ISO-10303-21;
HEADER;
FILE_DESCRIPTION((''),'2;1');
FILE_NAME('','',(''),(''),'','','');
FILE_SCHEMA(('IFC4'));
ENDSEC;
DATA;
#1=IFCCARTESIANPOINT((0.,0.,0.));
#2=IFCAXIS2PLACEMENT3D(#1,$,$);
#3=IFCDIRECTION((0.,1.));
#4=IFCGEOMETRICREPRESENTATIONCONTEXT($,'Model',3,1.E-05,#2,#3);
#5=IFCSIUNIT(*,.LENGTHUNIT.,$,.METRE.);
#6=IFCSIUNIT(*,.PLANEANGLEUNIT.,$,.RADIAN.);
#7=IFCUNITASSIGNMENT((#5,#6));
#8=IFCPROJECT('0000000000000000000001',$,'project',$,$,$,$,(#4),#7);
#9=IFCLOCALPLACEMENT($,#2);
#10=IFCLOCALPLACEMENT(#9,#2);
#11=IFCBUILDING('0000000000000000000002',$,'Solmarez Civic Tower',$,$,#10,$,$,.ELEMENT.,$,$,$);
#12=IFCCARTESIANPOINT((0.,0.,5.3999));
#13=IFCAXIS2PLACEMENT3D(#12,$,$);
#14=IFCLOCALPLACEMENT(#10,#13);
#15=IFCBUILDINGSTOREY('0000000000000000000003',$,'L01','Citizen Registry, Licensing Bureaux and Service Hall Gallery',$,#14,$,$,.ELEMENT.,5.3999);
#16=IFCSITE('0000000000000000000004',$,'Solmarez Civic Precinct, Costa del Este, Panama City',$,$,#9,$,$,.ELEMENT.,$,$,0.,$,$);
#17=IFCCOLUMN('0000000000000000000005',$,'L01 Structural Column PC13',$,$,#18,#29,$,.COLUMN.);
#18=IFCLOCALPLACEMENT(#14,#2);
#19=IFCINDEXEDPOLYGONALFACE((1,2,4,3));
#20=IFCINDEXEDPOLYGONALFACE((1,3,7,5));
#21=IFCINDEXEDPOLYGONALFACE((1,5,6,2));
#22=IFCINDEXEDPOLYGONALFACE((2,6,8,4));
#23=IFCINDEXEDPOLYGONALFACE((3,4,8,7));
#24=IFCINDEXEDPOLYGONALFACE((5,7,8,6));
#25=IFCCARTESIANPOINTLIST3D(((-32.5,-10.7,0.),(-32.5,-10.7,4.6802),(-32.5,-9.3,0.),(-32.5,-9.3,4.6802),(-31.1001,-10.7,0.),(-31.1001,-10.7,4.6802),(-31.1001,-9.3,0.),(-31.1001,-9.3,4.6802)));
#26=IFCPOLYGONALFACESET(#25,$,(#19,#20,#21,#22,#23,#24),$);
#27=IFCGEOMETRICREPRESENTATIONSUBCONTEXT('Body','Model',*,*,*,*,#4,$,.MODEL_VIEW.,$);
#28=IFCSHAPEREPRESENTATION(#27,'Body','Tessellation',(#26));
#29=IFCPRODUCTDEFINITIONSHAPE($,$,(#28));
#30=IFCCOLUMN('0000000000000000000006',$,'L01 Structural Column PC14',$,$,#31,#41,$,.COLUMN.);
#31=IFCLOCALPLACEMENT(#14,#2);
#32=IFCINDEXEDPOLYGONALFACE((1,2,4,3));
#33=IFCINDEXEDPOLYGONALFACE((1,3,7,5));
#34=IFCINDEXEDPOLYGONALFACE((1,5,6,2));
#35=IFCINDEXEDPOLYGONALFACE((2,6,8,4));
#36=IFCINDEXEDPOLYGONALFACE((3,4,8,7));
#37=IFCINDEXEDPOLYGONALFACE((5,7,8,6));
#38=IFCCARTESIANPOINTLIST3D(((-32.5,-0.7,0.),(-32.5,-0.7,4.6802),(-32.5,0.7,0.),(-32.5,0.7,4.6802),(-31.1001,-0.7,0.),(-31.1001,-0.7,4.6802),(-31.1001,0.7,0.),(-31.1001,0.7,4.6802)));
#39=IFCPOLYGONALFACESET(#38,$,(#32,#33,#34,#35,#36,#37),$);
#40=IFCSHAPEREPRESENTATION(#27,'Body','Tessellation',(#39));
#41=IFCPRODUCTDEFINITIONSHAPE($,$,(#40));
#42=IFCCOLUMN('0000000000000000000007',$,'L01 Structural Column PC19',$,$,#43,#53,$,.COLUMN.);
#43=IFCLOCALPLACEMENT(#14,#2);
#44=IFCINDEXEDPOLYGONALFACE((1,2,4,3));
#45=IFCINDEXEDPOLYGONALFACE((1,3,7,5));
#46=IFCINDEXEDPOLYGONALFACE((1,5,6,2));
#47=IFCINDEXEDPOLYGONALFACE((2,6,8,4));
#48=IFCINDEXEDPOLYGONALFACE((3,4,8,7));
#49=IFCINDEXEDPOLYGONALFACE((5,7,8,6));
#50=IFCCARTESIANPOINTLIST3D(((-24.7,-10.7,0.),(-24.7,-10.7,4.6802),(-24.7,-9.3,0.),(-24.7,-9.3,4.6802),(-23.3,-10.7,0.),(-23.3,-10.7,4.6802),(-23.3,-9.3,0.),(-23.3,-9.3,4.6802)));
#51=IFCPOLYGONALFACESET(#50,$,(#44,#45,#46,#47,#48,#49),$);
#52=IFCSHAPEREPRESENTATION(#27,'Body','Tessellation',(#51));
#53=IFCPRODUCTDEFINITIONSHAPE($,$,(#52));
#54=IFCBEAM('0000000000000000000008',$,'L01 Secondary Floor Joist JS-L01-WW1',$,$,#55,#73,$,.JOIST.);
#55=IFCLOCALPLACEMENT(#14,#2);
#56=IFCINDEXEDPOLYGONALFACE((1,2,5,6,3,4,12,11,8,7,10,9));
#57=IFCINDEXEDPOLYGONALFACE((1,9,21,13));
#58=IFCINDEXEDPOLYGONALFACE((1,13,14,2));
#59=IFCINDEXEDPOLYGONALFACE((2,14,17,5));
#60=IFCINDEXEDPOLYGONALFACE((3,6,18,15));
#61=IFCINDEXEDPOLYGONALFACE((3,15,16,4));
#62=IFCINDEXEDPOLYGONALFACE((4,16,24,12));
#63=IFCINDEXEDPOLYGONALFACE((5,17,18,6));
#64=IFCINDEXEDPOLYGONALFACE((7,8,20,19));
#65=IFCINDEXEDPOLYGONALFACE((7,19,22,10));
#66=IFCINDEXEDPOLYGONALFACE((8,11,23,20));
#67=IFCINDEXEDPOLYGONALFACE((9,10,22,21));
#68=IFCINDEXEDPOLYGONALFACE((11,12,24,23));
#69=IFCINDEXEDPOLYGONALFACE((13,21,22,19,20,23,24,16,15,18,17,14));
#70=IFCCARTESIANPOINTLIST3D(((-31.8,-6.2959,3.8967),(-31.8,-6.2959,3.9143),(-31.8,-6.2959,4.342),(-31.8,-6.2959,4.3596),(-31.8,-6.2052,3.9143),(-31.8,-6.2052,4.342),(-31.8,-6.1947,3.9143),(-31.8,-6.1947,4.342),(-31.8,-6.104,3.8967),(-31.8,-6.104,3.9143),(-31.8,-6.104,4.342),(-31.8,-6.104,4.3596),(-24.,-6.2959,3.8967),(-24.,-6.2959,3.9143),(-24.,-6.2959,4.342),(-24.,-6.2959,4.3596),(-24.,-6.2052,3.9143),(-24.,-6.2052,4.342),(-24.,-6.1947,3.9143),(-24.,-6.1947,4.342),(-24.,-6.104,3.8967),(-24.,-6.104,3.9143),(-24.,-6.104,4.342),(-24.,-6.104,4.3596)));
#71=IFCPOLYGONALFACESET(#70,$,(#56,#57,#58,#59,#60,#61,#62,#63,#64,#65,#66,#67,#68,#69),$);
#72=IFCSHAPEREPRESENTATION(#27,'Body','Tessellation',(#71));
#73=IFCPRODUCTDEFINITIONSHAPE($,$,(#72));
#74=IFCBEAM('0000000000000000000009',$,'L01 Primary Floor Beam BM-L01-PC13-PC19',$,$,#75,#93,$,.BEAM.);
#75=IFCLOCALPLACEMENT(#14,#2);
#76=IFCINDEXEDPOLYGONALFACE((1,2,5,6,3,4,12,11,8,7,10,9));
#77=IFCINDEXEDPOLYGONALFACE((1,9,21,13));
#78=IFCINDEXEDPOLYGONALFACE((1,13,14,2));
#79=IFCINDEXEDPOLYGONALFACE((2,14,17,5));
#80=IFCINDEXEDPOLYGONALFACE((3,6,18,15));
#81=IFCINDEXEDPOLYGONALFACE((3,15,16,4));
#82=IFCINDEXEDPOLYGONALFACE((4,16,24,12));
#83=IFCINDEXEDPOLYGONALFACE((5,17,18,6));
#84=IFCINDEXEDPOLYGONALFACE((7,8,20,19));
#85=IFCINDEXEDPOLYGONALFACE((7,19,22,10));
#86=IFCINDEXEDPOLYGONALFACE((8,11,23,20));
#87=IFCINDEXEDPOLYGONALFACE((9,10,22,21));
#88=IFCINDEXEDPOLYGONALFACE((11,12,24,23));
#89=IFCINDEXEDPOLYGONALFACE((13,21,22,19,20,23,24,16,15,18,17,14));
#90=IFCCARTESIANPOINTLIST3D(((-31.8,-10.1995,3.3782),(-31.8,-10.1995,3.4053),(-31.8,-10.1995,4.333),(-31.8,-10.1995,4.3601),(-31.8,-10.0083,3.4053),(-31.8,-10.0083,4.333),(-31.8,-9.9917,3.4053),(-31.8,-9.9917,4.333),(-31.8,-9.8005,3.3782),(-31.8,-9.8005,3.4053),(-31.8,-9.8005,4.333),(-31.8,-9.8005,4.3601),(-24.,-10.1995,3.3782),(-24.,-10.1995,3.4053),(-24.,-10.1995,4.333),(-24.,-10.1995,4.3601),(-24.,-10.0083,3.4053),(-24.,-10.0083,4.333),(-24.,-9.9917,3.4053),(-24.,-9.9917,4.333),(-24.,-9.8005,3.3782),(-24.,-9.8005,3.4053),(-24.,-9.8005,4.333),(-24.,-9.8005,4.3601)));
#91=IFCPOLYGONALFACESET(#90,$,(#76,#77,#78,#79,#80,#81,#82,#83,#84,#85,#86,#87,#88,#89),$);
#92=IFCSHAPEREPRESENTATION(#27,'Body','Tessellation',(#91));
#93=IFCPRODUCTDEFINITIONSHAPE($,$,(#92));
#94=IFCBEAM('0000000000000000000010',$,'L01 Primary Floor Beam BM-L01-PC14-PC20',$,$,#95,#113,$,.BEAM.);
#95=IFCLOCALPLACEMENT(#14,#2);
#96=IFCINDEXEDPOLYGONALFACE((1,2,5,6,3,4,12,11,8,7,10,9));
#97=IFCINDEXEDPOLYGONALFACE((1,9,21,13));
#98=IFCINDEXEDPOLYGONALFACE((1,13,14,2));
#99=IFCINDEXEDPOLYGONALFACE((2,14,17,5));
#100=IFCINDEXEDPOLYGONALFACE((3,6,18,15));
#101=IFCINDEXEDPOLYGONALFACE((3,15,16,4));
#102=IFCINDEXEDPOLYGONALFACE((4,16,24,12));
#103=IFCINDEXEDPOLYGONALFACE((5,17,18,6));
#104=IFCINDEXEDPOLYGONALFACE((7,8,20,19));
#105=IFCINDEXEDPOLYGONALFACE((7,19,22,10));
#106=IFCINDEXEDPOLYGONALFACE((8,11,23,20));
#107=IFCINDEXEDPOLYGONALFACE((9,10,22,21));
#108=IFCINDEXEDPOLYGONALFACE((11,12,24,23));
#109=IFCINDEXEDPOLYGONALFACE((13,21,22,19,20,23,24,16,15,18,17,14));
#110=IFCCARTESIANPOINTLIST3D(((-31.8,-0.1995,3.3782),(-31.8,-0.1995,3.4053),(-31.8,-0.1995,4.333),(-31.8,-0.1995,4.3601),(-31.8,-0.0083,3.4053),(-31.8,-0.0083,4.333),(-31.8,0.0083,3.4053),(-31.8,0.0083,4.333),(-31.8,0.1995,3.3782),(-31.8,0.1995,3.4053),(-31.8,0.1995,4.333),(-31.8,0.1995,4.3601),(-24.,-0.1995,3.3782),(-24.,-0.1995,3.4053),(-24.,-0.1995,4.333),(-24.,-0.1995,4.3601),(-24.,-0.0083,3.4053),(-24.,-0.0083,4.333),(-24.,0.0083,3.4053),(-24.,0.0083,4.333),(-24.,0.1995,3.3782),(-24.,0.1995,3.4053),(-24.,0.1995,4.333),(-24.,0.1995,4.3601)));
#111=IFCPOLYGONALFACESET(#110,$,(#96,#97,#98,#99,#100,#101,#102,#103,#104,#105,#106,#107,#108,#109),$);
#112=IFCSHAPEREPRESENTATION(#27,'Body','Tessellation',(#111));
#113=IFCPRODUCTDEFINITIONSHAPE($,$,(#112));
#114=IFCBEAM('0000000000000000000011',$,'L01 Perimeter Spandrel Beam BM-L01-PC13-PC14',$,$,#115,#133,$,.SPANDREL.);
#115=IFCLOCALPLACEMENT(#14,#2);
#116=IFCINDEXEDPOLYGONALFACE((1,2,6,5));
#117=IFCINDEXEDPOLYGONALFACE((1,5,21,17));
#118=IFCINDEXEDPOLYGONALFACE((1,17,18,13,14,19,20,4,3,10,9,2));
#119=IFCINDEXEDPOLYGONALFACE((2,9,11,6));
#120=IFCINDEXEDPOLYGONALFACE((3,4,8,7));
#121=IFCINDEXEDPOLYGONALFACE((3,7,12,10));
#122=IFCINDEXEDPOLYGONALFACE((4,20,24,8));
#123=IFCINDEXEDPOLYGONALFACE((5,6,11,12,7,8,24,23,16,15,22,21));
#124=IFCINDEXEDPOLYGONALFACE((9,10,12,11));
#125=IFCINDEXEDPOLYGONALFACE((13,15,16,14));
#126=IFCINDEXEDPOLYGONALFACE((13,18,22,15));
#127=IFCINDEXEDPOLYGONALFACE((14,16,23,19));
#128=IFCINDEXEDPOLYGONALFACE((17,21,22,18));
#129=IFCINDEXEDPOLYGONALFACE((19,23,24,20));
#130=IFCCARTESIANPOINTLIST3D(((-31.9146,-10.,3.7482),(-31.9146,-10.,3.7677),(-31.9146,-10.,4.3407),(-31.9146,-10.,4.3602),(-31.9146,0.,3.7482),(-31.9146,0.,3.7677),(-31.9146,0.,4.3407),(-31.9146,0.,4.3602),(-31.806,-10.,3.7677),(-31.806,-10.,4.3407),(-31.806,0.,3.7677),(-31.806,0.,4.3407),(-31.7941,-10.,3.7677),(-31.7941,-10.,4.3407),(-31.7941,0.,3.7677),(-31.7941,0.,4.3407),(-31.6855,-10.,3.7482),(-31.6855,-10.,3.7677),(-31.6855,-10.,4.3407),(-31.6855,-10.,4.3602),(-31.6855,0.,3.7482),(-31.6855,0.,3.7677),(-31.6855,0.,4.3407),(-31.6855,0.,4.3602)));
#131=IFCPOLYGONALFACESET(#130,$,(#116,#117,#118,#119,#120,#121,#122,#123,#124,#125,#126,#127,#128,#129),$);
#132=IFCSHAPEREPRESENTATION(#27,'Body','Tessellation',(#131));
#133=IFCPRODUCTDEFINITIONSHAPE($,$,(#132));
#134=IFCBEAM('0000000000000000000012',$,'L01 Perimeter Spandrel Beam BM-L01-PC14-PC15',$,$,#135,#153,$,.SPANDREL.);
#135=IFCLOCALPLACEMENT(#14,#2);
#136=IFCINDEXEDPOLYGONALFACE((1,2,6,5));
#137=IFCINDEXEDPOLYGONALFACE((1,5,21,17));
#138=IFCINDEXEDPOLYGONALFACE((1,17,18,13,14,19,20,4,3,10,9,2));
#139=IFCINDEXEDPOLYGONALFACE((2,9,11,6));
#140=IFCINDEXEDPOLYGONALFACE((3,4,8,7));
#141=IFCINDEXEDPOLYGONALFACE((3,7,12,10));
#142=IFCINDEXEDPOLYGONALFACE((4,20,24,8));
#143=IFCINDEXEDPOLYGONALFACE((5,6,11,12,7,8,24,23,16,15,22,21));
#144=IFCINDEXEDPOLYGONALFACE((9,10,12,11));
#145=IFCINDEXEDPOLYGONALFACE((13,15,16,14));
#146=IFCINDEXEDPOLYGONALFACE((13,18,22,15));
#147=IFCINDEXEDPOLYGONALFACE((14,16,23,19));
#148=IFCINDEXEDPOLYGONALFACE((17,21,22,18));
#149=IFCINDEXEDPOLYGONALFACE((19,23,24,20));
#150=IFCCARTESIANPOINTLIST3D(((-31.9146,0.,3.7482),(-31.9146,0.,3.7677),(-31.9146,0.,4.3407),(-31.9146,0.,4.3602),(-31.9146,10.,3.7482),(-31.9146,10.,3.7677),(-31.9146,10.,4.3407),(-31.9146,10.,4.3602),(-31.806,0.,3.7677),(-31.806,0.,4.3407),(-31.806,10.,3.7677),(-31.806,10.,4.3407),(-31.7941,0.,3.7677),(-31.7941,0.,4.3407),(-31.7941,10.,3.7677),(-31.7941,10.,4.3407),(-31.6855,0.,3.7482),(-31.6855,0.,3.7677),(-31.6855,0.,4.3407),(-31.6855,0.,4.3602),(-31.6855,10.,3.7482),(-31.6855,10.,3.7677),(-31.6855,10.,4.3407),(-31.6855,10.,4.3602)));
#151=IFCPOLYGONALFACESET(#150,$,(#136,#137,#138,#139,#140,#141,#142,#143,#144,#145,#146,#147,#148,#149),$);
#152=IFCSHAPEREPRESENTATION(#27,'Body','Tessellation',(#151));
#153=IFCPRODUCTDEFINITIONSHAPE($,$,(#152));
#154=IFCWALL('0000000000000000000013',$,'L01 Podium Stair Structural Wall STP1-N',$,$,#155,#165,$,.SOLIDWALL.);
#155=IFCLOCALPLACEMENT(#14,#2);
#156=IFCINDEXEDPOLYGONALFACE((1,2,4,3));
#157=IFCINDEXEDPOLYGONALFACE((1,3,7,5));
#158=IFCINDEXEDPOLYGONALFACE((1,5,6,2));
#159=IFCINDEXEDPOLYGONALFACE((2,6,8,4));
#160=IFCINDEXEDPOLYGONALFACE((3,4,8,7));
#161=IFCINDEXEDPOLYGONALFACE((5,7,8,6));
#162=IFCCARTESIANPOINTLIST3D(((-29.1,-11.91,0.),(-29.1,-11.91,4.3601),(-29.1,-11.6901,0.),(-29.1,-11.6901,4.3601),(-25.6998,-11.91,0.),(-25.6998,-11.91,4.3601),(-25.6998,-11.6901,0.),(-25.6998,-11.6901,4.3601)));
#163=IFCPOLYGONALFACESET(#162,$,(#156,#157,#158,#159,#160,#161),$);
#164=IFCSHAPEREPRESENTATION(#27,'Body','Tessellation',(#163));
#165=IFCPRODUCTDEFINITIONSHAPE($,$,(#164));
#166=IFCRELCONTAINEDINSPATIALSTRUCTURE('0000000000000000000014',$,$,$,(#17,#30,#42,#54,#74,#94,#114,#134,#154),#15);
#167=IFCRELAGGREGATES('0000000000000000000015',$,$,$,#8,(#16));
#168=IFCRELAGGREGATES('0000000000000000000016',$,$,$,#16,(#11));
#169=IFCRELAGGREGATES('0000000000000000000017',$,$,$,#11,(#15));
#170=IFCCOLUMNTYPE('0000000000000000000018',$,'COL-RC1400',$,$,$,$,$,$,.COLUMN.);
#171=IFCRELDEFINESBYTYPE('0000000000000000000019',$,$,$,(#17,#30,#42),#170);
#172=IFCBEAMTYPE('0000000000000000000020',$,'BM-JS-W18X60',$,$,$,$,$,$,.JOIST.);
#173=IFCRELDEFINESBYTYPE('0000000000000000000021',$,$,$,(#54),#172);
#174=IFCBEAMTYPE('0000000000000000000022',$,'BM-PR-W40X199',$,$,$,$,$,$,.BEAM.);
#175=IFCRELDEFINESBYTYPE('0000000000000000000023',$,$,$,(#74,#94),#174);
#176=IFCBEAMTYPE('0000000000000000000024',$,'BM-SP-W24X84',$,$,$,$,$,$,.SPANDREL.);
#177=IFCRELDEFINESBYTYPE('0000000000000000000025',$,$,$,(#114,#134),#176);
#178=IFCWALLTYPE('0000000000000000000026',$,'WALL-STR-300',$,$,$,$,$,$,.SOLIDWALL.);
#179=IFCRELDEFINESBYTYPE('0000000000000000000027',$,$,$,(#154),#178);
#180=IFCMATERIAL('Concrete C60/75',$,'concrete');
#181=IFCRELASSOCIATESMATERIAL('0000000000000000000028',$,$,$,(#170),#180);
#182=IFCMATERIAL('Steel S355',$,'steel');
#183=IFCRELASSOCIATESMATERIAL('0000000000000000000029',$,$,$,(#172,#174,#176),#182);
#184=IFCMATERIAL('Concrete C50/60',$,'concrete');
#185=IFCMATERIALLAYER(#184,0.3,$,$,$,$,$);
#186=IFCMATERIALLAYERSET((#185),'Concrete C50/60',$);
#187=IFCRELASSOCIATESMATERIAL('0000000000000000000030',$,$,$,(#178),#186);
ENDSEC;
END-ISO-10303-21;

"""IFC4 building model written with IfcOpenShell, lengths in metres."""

from ifc_helpers import new_model, si_unit, direction, frame, frame_2d, origin, origin_2d, place, context, subcontext, project, spatial, rectangle, i_section, extrude, material, layer, layer_set, material_profile, profile_set, type_object, element, save


model = new_model("IFC4")

# Units and contexts
model_context = context("Model", 3, precision=1e-05, world=origin(), true_north=direction((0.0, 1.0)))
body_context = subcontext(model_context, "Body", "Model", "MODEL_VIEW")
ifc_project = project(units=[si_unit("LENGTHUNIT", "METRE"), si_unit("PLANEANGLEUNIT", "RADIAN")], contexts=[model_context])

# Site, building, storey
site_placement = place(None, origin())
site = spatial("IfcSite", under=ifc_project, at=site_placement, Name="Solmarez Civic Precinct, Costa del Este, Panama City", CompositionType="ELEMENT", RefElevation=0.0)
building_placement = place(site_placement, origin())
building = spatial("IfcBuilding", under=site, at=building_placement, Name="Solmarez Civic Tower", CompositionType="ELEMENT")
storey_placement = place(building_placement, frame((0.0, 0.0, 5.3999)))
storey = spatial("IfcBuildingStorey", under=building, at=storey_placement, Name="L01", Description="Citizen Registry, Licensing Bureaux and Service Hall Gallery", CompositionType="ELEMENT", Elevation=5.3999)

# Columns
ifc_material_1 = material(Name="Concrete C60/75", Category="concrete")
ifc_material_profile_1 = material_profile(ifc_material_1, rectangle(XDim=1.3999, YDim=1.3999, at=origin_2d()), Name="RC1400X1400")
ifc_profile_set_1 = profile_set([ifc_material_profile_1], Name="Concrete C60/75")
column_type = type_object("IfcColumnType", Name="COL-RC1400", PredefinedType="COLUMN", material=ifc_profile_set_1)
for number, where, z_axis, x_axis, name in (
    (1, (-31.8, -10.0, 0.0), (0.0, 0.0, 1.0), (1.0, 0.0, 0.0), "L01 Structural Column PC13"),
    (2, (-31.8, 0.0, 0.0), (0.0, 0.0, 1.0), (1.0, 0.0, 0.0), "L01 Structural Column PC14"),
    (3, (-24.0, -10.0, 0.0), (0.0, 0.0, 1.0), (1.0, 0.0, 0.0), "L01 Structural Column PC19"),
):
    element("IfcColumn", number, at=place(storey_placement, frame(where, z_axis=z_axis, x_axis=x_axis)), inside=storey, type_object=column_type, Name=name, PredefinedType="COLUMN", context=body_context, shape_type="SweptSolid", body=[
        extrude(rectangle(XDim=1.3999, YDim=1.3999, at=origin_2d()), origin(), (0.0, 0.0, 1.0), 4.6802),
    ])

# Beams
ifc_material_2 = material(Name="Steel S355", Category="steel")
ifc_material_profile_2 = material_profile(ifc_material_2, i_section(OverallWidth=0.1919, OverallDepth=0.4629, WebThickness=0.0105, FlangeThickness=0.0176, at=origin_2d()), Name="W18X60")
ifc_profile_set_2 = profile_set([ifc_material_profile_2], Name="Steel S355")
beam_type_1 = type_object("IfcBeamType", Name="BM-JS-W18X60", PredefinedType="JOIST", material=ifc_profile_set_2)
beam_placement = place(storey_placement, frame((-31.8, -6.2, 4.1282), z_axis=(1.0, 0.0, 0.0), x_axis=(0.0, 1.0, 0.0)))
element("IfcBeam", 4, at=beam_placement, inside=storey, type_object=beam_type_1, Name="L01 Secondary Floor Joist JS-L01-WW1", PredefinedType="JOIST", context=body_context, shape_type="SweptSolid", body=[
    extrude(i_section(OverallWidth=0.1919, OverallDepth=0.4629, WebThickness=0.0105, FlangeThickness=0.0176, at=origin_2d()), origin(), (0.0, 0.0, 1.0), 7.8),
])
ifc_material_profile_3 = material_profile(ifc_material_2, i_section(OverallWidth=0.3989, OverallDepth=0.9819, WebThickness=0.0166, FlangeThickness=0.0271, at=origin_2d()), Name="W40X199")
ifc_profile_set_3 = profile_set([ifc_material_profile_3], Name="Steel S355")
beam_type_2 = type_object("IfcBeamType", Name="BM-PR-W40X199", PredefinedType="BEAM", material=ifc_profile_set_3)
for number, where, z_axis, x_axis, name in (
    (5, (-31.8, -10.0, 3.8691), (1.0, 0.0, 0.0), (0.0, 1.0, 0.0), "L01 Primary Floor Beam BM-L01-PC13-PC19"),
    (6, (-31.8, 0.0, 3.8691), (1.0, 0.0, 0.0), (0.0, 1.0, 0.0), "L01 Primary Floor Beam BM-L01-PC14-PC20"),
):
    element("IfcBeam", number, at=place(storey_placement, frame(where, z_axis=z_axis, x_axis=x_axis)), inside=storey, type_object=beam_type_2, Name=name, PredefinedType="BEAM", context=body_context, shape_type="SweptSolid", body=[
        extrude(i_section(OverallWidth=0.3989, OverallDepth=0.9819, WebThickness=0.0166, FlangeThickness=0.0271, at=origin_2d()), origin(), (0.0, 0.0, 1.0), 7.8),
    ])
ifc_material_profile_4 = material_profile(ifc_material_2, i_section(OverallWidth=0.229, OverallDepth=0.6121, WebThickness=0.012, FlangeThickness=0.0195, at=origin_2d()), Name="W24X84")
ifc_profile_set_4 = profile_set([ifc_material_profile_4], Name="Steel S355")
beam_type_3 = type_object("IfcBeamType", Name="BM-SP-W24X84", PredefinedType="SPANDREL", material=ifc_profile_set_4)
for number, where, z_axis, x_axis, name in (
    (7, (-31.8, -10.0, 4.0542), (0.0, 1.0, 0.0), (-1.0, 0.0, 0.0), "L01 Perimeter Spandrel Beam BM-L01-PC13-PC14"),
    (8, (-31.8, 0.0, 4.0542), (0.0, 1.0, 0.0), (-1.0, 0.0, 0.0), "L01 Perimeter Spandrel Beam BM-L01-PC14-PC15"),
):
    element("IfcBeam", number, at=place(storey_placement, frame(where, z_axis=z_axis, x_axis=x_axis)), inside=storey, type_object=beam_type_3, Name=name, PredefinedType="SPANDREL", context=body_context, shape_type="SweptSolid", body=[
        extrude(i_section(OverallWidth=0.229, OverallDepth=0.6121, WebThickness=0.012, FlangeThickness=0.0195, at=origin_2d()), origin(), (0.0, 0.0, 1.0), 10.0),
    ])

# Wall
ifc_material_3 = material(Name="Concrete C50/60", Category="concrete")
ifc_layer_1 = layer(ifc_material_3, 0.3)
ifc_layer_set_1 = layer_set([ifc_layer_1], Name="Concrete C50/60")
wall_type = type_object("IfcWallType", Name="WALL-STR-300", PredefinedType="SOLIDWALL", material=ifc_layer_set_1)
wall_placement = place(storey_placement, frame((-29.1001, -11.8, 0.0), z_axis=(0.0, 0.0, 1.0), x_axis=(1.0, 0.0, 0.0)))
element("IfcWall", 9, at=wall_placement, inside=storey, type_object=wall_type, Name="L01 Podium Stair Structural Wall STP1-N", PredefinedType="SOLIDWALL", context=body_context, shape_type="SweptSolid", body=[
    extrude(rectangle(XDim=3.4001, YDim=0.22, at=frame_2d((1.7002, 0.0))), origin(), (0.0, 0.0, 1.0), 4.3601),
])

save(model, "model.ifc")
